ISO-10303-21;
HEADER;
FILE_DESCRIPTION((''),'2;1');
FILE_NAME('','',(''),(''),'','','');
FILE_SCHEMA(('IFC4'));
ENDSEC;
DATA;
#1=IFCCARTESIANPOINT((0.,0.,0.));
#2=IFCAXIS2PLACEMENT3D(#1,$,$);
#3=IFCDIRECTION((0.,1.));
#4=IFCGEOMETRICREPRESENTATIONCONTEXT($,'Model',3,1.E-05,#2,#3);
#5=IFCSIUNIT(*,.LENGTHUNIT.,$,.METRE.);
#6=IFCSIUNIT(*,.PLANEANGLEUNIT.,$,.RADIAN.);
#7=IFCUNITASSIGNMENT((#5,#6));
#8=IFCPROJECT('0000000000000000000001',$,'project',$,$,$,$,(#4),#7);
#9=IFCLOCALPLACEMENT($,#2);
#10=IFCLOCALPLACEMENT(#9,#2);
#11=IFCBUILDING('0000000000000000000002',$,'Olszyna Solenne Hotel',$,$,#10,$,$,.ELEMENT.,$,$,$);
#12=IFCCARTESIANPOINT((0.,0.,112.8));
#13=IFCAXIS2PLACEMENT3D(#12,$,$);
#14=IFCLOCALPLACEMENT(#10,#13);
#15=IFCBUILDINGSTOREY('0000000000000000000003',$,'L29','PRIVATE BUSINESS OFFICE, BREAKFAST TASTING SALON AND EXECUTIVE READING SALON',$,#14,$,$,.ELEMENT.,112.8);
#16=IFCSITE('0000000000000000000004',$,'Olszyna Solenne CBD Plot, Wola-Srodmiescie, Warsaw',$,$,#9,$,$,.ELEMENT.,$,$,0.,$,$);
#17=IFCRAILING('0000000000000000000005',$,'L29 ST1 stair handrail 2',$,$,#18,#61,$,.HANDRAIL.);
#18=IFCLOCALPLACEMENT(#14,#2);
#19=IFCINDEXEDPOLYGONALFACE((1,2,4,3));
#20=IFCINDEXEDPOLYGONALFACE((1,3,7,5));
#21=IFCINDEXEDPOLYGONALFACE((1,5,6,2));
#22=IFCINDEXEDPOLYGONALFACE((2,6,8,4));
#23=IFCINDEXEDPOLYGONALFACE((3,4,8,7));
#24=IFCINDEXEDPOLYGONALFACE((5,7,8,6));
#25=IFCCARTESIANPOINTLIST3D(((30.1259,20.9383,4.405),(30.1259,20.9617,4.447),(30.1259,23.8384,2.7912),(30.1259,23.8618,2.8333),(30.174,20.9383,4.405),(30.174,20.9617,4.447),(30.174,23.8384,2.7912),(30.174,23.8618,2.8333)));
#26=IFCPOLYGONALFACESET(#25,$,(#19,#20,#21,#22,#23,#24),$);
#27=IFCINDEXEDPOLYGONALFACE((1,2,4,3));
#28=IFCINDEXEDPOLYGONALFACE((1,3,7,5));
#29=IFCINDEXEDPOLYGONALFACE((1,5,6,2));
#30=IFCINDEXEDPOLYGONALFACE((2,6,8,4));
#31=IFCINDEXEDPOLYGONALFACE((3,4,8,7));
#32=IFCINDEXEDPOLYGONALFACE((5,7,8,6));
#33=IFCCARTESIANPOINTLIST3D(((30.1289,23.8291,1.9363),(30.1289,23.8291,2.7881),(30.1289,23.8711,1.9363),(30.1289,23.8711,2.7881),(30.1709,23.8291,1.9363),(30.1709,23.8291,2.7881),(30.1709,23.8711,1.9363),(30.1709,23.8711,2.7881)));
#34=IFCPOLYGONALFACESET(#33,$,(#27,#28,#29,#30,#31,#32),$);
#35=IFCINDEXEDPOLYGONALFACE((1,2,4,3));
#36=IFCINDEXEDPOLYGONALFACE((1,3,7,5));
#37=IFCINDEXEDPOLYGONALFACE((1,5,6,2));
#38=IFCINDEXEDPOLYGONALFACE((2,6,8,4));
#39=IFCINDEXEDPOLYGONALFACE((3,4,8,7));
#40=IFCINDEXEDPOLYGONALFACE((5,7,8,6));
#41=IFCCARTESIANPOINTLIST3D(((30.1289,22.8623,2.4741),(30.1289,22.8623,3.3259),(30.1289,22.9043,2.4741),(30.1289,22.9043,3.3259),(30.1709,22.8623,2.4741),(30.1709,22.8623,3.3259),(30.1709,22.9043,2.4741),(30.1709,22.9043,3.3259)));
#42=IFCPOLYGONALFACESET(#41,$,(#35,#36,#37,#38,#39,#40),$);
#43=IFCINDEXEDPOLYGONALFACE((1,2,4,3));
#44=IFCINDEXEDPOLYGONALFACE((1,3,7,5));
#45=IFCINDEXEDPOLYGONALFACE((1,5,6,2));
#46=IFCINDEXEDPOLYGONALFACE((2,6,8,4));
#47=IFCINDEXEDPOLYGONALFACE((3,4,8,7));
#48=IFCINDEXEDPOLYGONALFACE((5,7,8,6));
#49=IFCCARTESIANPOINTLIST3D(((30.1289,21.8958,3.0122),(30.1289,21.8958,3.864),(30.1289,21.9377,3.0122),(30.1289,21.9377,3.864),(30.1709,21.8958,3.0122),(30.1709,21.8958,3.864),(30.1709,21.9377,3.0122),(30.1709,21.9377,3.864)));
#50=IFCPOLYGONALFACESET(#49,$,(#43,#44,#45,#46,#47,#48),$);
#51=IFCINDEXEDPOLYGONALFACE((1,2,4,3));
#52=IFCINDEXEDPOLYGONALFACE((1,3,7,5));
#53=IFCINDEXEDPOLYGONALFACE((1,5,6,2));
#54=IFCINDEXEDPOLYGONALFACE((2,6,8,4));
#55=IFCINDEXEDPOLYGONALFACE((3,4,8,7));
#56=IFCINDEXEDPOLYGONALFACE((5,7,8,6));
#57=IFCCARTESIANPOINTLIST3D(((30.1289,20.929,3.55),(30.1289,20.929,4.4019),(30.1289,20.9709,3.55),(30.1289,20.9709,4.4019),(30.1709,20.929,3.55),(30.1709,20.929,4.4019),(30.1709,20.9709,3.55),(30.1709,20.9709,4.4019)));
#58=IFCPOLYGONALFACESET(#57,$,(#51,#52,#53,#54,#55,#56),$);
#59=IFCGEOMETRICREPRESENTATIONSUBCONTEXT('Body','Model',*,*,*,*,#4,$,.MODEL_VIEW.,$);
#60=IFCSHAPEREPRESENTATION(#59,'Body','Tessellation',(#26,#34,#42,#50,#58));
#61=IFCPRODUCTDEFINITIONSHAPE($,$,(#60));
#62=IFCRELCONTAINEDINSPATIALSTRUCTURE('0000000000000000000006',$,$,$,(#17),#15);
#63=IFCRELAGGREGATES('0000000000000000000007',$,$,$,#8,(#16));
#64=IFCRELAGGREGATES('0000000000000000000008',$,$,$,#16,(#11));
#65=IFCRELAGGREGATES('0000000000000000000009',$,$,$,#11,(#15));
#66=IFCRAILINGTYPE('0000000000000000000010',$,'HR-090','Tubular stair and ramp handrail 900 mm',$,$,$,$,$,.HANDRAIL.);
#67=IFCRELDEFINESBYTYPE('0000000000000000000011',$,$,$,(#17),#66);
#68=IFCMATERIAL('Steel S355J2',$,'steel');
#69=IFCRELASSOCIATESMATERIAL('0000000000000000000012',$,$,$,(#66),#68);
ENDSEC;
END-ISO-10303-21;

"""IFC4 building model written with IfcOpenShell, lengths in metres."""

from ifc_helpers import new_model, si_unit, direction, frame, origin, origin_2d, place, context, subcontext, project, spatial, rectangle, extrude, material, type_object, element, save


model = new_model("IFC4")

# Units and contexts
model_context = context("Model", 3, precision=1e-05, world=origin(), true_north=direction((0.0, 1.0)))
body_context = subcontext(model_context, "Body", "Model", "MODEL_VIEW")
ifc_project = project(units=[si_unit("LENGTHUNIT", "METRE"), si_unit("PLANEANGLEUNIT", "RADIAN")], contexts=[model_context])

# Site, building, storey
site_placement = place(None, origin())
site = spatial("IfcSite", under=ifc_project, at=site_placement, Name="Olszyna Solenne CBD Plot, Wola-Srodmiescie, Warsaw", CompositionType="ELEMENT", RefElevation=0.0)
building_placement = place(site_placement, origin())
building = spatial("IfcBuilding", under=site, at=building_placement, Name="Olszyna Solenne Hotel", CompositionType="ELEMENT")
storey_placement = place(building_placement, frame((0.0, 0.0, 112.8)))
storey = spatial("IfcBuildingStorey", under=building, at=storey_placement, Name="L29", Description="PRIVATE BUSINESS OFFICE, BREAKFAST TASTING SALON AND EXECUTIVE READING SALON", CompositionType="ELEMENT", Elevation=112.8)

# Railing
ifc_material_1 = material(Name="Steel S355J2", Category="steel")
railing_type_1 = type_object("IfcRailingType", Name="HR-090", Description="Tubular stair and ramp handrail 900 mm", PredefinedType="HANDRAIL", material=ifc_material_1)
railing_1_placement = place(storey_placement, frame((30.1499, 23.8501, 1.9363)))
element("IfcRailing", 1, at=railing_1_placement, inside=storey, type_object=railing_type_1, Name="L29 ST1 stair handrail 2", PredefinedType="HANDRAIL", context=body_context, shape_type="SweptSolid", body=[
    extrude(rectangle(XDim=0.0481, YDim=0.0481, at=origin_2d()), frame((0.0, 0.0, 0.876), z_axis=(0.0, -0.873827, 0.486236), x_axis=(1.0, 0.0, 0.0)), (0.0, 0.0, 1.0), 3.3188),
    extrude(rectangle(XDim=0.042, YDim=0.042, at=origin_2d()), origin(), (0.0, 0.0, 1.0), 0.8518),
    extrude(rectangle(XDim=0.042, YDim=0.042, at=origin_2d()), frame((0.0, -0.9668, 0.5378)), (0.0, 0.0, 1.0), 0.8518),
    extrude(rectangle(XDim=0.042, YDim=0.042, at=origin_2d()), frame((0.0, -1.9333, 1.0759)), (0.0, 0.0, 1.0), 0.8518),
    extrude(rectangle(XDim=0.042, YDim=0.042, at=origin_2d()), frame((0.0, -2.9001, 1.6138)), (0.0, 0.0, 1.0), 0.8518),
])

save(model, "model.ifc")
